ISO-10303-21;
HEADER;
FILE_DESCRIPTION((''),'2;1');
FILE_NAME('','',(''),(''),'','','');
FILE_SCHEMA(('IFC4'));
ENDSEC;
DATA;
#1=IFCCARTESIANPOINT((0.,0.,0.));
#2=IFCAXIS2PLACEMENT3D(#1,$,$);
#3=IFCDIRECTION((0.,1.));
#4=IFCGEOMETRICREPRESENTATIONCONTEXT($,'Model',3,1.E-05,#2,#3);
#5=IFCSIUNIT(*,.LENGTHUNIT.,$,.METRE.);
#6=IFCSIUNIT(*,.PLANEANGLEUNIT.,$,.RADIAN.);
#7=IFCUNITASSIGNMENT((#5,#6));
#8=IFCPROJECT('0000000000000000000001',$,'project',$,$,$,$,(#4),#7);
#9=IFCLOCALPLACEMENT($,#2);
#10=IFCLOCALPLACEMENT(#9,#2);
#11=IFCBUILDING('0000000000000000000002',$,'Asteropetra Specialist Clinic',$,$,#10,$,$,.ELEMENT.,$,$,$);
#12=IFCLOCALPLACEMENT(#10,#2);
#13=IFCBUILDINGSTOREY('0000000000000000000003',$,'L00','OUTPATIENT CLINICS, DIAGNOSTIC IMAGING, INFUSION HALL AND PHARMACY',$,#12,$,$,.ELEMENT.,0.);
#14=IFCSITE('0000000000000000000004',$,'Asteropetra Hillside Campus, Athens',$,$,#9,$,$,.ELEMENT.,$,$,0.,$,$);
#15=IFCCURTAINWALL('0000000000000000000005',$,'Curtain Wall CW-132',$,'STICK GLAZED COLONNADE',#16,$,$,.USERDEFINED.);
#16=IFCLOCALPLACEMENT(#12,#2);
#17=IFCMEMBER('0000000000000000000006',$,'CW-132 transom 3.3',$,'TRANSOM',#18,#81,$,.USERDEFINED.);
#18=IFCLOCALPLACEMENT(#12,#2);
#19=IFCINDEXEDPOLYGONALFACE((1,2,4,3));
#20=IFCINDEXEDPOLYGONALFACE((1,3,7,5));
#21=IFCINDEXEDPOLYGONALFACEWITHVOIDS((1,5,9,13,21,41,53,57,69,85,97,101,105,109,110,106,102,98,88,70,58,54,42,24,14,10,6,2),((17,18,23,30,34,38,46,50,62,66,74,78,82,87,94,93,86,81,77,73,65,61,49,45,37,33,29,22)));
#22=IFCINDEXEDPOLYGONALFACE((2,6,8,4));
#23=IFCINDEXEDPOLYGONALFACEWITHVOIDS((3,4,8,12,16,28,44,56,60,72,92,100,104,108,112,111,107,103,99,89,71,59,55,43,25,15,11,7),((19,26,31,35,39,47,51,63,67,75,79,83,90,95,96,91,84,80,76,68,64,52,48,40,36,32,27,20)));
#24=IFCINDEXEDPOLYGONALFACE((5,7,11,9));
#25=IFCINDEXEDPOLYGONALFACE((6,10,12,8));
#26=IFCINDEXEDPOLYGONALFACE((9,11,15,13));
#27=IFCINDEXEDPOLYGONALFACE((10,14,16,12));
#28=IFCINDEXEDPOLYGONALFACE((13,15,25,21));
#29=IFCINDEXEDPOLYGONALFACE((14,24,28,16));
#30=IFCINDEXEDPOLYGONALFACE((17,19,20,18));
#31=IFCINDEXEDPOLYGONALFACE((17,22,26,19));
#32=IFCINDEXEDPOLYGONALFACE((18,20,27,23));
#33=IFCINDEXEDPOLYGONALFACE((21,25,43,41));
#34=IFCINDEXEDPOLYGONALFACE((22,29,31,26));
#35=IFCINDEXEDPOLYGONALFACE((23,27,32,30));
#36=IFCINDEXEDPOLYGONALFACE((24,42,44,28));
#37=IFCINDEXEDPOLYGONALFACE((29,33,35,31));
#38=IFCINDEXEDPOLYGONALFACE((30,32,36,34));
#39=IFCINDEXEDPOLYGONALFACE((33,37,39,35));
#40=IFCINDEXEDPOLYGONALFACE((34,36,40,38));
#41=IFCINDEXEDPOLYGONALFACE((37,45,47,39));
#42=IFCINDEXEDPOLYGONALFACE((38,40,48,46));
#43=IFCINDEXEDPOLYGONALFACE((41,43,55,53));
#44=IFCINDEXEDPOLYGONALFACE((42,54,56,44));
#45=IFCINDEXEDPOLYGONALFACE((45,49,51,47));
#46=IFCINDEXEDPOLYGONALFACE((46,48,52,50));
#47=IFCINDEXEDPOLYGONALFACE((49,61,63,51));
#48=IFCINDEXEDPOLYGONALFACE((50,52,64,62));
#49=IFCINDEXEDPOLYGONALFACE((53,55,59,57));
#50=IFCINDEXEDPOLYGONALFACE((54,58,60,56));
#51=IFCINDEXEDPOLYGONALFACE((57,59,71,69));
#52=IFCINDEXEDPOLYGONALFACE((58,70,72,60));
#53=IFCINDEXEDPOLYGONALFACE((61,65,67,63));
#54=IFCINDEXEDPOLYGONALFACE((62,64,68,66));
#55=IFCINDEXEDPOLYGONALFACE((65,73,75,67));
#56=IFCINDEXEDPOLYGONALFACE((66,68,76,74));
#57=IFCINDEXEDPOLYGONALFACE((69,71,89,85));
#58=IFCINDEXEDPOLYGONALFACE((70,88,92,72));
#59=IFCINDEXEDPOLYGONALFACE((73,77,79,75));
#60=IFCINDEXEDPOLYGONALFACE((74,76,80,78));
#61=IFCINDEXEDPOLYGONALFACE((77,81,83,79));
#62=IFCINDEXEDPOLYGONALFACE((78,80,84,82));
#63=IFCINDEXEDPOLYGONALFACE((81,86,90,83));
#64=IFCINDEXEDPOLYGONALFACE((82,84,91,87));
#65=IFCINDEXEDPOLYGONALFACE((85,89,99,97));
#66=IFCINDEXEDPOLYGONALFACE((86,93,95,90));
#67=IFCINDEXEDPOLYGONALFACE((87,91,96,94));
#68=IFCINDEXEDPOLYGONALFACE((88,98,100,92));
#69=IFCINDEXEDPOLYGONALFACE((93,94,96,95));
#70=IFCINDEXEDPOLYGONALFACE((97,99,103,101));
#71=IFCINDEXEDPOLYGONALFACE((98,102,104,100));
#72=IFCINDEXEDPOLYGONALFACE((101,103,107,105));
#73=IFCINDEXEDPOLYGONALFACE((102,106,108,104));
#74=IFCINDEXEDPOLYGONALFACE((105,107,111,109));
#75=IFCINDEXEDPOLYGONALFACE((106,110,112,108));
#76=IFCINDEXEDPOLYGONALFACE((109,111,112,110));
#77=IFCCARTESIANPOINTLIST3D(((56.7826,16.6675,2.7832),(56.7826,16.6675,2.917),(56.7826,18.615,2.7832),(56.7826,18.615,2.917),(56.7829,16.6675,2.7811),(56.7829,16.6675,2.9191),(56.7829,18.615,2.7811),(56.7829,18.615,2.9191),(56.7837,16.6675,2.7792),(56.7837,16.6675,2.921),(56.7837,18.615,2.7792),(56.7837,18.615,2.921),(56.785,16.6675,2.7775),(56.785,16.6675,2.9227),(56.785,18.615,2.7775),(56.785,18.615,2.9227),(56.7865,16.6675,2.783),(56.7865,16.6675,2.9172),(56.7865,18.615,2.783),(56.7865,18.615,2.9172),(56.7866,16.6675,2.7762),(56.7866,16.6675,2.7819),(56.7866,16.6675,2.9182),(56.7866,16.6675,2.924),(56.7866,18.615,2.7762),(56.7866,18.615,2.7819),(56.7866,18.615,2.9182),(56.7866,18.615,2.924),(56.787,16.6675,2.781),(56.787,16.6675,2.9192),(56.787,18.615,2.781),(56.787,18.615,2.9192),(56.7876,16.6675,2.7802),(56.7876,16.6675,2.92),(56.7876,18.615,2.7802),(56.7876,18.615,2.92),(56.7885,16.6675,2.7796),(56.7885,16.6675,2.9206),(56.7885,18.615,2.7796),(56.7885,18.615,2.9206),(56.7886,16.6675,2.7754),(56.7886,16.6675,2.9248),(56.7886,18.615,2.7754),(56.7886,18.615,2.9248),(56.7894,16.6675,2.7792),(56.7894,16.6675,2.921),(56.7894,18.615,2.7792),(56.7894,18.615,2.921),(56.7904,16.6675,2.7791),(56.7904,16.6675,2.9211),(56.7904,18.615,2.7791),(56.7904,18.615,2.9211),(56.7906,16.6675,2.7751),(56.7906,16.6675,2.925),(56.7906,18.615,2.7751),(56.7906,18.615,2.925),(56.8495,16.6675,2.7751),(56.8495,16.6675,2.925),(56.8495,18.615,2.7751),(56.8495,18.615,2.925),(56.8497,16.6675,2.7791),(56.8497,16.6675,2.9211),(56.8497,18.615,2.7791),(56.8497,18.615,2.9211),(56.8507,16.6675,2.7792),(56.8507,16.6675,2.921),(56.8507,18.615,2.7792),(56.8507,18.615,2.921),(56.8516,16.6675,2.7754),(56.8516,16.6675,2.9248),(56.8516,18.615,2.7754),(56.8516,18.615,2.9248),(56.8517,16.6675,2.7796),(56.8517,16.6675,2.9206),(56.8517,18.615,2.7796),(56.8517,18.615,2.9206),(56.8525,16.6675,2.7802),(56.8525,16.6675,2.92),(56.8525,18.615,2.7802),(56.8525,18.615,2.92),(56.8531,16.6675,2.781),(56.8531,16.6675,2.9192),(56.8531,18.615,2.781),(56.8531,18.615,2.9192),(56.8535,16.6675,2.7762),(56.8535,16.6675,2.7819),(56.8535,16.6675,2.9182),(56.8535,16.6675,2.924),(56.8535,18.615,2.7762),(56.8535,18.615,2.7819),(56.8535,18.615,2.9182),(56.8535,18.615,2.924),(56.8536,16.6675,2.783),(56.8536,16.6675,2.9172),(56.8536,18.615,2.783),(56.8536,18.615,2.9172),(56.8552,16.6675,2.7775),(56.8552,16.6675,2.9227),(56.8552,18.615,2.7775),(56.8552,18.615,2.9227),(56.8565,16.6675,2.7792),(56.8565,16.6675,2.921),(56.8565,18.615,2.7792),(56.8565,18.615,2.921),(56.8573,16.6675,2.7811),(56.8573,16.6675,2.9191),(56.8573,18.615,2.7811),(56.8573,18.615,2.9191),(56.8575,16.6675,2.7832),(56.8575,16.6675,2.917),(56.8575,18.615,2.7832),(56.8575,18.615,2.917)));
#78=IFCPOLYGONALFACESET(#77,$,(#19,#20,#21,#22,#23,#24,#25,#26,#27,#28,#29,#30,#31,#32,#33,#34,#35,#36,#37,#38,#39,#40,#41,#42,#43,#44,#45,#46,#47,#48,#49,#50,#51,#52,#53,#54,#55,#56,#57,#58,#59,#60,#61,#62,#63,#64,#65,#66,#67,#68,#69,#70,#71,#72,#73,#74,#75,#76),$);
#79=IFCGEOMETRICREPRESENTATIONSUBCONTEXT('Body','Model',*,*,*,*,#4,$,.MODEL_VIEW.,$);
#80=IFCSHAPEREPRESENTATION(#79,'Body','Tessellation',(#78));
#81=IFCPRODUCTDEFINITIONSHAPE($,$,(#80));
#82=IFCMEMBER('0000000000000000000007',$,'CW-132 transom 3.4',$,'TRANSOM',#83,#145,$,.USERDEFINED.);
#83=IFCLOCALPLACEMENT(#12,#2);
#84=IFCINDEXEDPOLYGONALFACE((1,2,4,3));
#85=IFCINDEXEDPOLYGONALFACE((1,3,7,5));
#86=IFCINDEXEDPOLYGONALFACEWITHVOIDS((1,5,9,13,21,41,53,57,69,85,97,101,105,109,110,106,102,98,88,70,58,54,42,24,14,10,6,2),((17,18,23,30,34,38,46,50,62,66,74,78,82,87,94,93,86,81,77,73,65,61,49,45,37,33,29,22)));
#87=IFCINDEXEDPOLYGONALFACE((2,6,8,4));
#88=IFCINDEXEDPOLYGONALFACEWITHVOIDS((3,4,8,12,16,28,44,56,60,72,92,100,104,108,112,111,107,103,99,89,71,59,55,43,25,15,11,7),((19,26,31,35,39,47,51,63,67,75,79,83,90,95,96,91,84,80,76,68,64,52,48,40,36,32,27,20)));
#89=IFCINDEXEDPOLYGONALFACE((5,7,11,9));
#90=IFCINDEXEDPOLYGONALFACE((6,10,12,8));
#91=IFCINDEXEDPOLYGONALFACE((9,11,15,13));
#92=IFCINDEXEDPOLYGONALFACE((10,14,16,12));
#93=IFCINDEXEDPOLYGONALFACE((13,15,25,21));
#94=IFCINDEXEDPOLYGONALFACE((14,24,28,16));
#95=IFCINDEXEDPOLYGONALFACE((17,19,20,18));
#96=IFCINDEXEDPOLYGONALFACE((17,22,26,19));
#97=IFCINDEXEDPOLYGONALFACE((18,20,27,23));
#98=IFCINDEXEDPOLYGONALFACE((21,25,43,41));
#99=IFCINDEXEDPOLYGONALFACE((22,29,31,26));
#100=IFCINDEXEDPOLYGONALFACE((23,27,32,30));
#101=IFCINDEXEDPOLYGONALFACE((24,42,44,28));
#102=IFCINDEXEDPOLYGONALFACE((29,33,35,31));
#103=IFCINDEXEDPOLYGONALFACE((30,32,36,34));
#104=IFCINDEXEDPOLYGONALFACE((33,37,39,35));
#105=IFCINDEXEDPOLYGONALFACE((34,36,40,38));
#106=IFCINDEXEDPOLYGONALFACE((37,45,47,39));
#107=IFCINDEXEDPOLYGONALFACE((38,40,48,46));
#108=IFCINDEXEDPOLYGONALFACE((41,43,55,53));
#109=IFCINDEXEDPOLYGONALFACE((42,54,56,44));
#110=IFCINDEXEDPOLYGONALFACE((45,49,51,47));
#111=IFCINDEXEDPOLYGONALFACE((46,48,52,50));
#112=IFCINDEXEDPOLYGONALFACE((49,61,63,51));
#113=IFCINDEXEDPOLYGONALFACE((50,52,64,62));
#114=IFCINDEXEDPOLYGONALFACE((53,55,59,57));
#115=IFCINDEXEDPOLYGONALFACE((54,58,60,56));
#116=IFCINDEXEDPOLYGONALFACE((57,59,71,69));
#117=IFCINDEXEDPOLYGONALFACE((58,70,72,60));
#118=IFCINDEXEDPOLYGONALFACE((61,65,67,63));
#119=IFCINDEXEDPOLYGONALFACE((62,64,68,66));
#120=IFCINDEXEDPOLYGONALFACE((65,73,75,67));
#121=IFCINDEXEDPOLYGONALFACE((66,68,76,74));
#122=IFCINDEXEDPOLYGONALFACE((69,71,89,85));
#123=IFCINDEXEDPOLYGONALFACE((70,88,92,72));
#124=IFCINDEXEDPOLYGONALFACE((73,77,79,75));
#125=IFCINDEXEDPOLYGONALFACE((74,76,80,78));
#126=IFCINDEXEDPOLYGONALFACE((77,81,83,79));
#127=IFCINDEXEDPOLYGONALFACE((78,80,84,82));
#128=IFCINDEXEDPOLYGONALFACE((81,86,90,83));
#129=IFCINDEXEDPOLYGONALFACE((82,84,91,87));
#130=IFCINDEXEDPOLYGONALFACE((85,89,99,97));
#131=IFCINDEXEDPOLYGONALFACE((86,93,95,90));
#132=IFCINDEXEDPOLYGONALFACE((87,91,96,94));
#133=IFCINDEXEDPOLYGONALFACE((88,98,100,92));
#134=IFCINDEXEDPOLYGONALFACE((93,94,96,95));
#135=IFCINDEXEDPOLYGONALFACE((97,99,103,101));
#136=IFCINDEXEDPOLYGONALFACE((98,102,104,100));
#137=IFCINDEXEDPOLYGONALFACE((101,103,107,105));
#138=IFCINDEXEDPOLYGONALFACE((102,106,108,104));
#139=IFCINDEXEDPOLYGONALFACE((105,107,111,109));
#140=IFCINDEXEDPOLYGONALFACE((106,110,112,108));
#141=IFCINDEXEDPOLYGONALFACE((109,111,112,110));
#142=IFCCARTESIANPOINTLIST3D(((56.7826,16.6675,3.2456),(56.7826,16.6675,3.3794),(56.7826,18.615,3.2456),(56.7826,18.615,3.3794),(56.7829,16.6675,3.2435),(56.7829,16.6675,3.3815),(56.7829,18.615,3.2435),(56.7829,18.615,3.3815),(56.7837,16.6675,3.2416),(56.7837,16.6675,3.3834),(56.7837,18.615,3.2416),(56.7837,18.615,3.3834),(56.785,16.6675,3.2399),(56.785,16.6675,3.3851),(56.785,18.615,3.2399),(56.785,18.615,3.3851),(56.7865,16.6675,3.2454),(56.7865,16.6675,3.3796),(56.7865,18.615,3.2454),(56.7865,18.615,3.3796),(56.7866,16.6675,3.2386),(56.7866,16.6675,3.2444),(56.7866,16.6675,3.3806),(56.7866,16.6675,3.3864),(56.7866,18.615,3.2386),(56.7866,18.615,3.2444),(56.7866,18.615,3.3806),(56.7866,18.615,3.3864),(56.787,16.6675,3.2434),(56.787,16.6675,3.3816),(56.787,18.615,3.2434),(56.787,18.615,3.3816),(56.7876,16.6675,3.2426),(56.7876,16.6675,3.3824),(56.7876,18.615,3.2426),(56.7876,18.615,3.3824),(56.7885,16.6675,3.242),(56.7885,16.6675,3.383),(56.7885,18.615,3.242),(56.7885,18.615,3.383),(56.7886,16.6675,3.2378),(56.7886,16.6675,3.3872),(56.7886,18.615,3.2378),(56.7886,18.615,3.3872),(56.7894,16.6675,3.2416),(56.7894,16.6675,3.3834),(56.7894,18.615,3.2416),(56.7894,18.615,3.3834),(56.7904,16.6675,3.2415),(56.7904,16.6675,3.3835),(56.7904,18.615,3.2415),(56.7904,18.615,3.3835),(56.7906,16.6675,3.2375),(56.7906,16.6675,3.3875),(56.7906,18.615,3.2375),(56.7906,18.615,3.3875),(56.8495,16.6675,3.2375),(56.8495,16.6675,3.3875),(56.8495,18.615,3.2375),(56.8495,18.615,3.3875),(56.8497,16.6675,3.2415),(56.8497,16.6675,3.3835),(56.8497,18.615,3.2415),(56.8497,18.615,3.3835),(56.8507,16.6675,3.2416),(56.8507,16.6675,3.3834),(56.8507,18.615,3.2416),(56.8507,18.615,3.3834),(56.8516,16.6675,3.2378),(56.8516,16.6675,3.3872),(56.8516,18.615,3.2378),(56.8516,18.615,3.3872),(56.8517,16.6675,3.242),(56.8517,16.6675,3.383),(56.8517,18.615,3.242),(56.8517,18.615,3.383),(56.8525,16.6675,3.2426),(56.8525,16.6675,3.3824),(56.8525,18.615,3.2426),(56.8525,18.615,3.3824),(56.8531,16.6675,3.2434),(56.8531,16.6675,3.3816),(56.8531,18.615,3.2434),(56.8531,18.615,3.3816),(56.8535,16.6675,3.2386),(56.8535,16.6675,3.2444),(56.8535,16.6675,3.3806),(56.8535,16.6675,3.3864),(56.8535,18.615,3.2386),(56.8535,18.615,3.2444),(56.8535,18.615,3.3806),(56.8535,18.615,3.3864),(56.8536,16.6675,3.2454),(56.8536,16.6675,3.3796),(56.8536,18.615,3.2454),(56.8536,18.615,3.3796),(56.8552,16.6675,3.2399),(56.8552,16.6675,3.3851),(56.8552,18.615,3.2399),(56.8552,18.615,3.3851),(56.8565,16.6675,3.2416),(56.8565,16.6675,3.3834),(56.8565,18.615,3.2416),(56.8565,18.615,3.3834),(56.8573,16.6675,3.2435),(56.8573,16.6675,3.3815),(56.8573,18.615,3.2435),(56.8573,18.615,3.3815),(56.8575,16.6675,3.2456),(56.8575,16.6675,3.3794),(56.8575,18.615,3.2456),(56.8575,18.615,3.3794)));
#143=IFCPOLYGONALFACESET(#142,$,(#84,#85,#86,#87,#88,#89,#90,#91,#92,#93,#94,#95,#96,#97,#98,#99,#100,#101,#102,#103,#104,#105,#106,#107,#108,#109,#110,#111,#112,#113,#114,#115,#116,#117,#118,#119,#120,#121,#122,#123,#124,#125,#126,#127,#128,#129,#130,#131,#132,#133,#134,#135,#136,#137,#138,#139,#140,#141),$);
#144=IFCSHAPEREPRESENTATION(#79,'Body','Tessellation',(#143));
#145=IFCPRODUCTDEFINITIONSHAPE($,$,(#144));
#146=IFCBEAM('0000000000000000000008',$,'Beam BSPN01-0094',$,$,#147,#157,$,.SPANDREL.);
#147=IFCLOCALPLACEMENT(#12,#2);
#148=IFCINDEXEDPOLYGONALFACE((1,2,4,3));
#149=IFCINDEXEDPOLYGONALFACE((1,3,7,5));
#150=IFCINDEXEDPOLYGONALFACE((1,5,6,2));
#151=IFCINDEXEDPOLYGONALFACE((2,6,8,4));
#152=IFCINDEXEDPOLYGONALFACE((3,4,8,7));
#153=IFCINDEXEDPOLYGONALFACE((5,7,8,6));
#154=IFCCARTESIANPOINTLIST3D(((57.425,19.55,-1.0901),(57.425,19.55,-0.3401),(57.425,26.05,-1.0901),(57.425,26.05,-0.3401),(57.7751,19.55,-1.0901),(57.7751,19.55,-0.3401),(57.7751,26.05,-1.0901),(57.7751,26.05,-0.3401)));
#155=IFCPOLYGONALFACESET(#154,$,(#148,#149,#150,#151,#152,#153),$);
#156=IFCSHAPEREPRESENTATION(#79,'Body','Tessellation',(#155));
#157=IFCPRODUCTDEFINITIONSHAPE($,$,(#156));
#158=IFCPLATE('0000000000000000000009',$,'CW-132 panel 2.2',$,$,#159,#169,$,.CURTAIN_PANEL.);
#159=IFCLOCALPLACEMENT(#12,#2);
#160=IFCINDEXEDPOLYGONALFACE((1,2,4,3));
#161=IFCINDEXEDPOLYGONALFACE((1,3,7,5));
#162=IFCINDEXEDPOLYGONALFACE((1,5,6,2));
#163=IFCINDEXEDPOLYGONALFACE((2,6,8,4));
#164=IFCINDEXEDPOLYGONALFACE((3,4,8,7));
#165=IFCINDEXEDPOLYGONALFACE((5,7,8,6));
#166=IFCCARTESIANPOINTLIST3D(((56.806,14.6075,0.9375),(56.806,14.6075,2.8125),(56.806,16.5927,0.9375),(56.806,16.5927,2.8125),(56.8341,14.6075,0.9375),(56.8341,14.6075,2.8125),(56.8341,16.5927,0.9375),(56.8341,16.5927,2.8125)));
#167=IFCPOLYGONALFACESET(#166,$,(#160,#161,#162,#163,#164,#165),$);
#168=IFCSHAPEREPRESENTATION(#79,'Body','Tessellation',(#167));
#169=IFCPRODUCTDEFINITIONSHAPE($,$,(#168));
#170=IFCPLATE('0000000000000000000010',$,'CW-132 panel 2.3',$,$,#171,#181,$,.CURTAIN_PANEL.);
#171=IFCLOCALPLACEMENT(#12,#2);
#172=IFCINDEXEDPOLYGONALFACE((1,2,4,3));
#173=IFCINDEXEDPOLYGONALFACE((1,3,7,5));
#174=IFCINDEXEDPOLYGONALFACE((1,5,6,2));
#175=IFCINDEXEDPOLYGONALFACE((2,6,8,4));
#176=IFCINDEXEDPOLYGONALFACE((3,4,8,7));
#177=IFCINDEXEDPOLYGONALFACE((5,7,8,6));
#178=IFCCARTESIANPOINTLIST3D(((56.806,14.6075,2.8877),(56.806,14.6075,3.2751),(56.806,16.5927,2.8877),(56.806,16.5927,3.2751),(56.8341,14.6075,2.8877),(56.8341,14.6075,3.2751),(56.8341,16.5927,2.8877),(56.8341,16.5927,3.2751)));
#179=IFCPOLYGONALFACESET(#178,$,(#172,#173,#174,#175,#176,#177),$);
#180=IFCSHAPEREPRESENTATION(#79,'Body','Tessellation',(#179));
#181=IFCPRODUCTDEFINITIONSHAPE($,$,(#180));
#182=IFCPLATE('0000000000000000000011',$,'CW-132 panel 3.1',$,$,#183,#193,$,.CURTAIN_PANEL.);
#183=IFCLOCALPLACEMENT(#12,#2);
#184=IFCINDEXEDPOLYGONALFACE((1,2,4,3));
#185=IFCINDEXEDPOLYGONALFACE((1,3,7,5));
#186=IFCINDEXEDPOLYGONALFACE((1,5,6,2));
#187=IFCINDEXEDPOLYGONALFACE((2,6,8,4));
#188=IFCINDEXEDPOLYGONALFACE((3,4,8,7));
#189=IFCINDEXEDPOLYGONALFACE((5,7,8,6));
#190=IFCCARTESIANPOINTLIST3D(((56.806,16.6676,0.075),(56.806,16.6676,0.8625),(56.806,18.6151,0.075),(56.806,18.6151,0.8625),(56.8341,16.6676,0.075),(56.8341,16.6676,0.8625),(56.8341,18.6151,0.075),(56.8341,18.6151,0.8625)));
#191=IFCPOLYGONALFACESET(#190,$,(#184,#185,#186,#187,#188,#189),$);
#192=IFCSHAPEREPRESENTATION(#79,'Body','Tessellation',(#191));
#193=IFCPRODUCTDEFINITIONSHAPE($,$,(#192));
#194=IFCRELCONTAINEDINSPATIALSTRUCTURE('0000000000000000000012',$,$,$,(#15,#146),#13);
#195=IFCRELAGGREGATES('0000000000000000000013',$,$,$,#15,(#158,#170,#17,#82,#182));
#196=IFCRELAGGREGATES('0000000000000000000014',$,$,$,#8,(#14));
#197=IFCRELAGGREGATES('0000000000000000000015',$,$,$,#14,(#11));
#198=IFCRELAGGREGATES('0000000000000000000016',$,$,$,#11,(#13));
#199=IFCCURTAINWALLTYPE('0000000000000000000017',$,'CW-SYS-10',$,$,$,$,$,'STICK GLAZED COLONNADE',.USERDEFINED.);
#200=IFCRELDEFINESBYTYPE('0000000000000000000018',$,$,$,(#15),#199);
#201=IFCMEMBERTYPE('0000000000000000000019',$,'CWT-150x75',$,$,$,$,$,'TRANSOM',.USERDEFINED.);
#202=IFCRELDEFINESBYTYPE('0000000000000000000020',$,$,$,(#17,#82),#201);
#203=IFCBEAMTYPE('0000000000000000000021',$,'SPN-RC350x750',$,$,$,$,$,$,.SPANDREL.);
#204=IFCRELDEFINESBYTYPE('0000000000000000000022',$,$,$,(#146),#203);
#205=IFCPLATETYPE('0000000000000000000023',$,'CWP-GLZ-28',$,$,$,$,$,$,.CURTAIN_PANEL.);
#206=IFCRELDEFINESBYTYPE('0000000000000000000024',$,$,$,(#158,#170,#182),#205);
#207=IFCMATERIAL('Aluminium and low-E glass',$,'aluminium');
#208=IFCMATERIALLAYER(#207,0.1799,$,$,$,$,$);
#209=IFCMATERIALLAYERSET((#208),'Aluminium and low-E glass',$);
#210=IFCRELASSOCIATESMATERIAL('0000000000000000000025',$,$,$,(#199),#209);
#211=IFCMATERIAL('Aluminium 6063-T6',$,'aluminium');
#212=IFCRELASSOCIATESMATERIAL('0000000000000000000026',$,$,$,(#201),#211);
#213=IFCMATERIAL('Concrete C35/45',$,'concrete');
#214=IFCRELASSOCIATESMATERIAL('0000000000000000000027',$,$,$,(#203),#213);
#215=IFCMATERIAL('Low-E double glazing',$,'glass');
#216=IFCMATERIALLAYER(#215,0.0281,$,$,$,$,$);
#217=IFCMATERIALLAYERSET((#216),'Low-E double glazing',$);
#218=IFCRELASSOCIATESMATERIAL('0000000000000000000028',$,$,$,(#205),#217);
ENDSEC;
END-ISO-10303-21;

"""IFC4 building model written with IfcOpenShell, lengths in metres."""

from ifc_helpers import new_model, si_unit, direction, frame, origin, origin_2d, place, context, subcontext, project, spatial, rectangle, hollow_rectangle, extrude, material, layer, layer_set, material_profile, profile_set, type_object, element, aggregate, save


model = new_model("IFC4")

# Units and contexts
model_context = context("Model", 3, precision=1e-05, world=origin(), true_north=direction((0.0, 1.0)))
body_context = subcontext(model_context, "Body", "Model", "MODEL_VIEW")
ifc_project = project(units=[si_unit("LENGTHUNIT", "METRE"), si_unit("PLANEANGLEUNIT", "RADIAN")], contexts=[model_context])

# Site, building, storey
site_placement = place(None, origin())
site = spatial("IfcSite", under=ifc_project, at=site_placement, Name="Asteropetra Hillside Campus, Athens", CompositionType="ELEMENT", RefElevation=0.0)
building_placement = place(site_placement, origin())
building = spatial("IfcBuilding", under=site, at=building_placement, Name="Asteropetra Specialist Clinic", CompositionType="ELEMENT")
storey_placement = place(building_placement, origin())
storey = spatial("IfcBuildingStorey", under=building, at=storey_placement, Name="L00", Description="OUTPATIENT CLINICS, DIAGNOSTIC IMAGING, INFUSION HALL AND PHARMACY", CompositionType="ELEMENT", Elevation=0.0)

# Curtain wall, members
ifc_material_1 = material(Name="Aluminium and low-E glass", Category="aluminium")
ifc_layer_1 = layer(ifc_material_1, 0.1799)
ifc_layer_set_1 = layer_set([ifc_layer_1], Name="Aluminium and low-E glass")
curtain_wall_type = type_object("IfcCurtainWallType", Name="CW-SYS-10", ElementType="STICK GLAZED COLONNADE", PredefinedType="USERDEFINED", material=ifc_layer_set_1)
curtain_wall_placement = place(storey_placement, origin())
curtain_wall = element("IfcCurtainWall", 1, at=curtain_wall_placement, inside=storey, type_object=curtain_wall_type, Name="Curtain Wall CW-132", ObjectType="STICK GLAZED COLONNADE", PredefinedType="USERDEFINED")
ifc_material_2 = material(Name="Aluminium 6063-T6", Category="aluminium")
ifc_material_profile_1 = material_profile(ifc_material_2, hollow_rectangle(XDim=0.075, YDim=0.1499, WallThickness=0.0039, InnerFilletRadius=0.0039, OuterFilletRadius=0.0081, at=origin_2d()), Name="TRN 150x75x4.0")
ifc_profile_set_1 = profile_set([ifc_material_profile_1], Name="Aluminium 6063-T6")
member_type_1 = type_object("IfcMemberType", Name="CWT-150x75", ElementType="TRANSOM", PredefinedType="USERDEFINED", material=ifc_profile_set_1)
member_1_placement = place(storey_placement, frame((56.8201, 16.6675, 2.8501), z_axis=(0.0, 1.0, 0.0), x_axis=(-1.0, 0.0, 0.0)))
member_1 = element("IfcMember", 2, at=member_1_placement, type_object=member_type_1, Name="CW-132 transom 3.3", ObjectType="TRANSOM", PredefinedType="USERDEFINED", context=body_context, shape_type="SweptSolid", body=[
    extrude(hollow_rectangle(XDim=0.075, YDim=0.1499, WallThickness=0.0039, InnerFilletRadius=0.0039, OuterFilletRadius=0.0081, at=origin_2d()), origin(), (0.0, 0.0, 1.0), 1.9475),
])
member_2_placement = place(storey_placement, frame((56.8201, 16.6675, 3.3125), z_axis=(0.0, 1.0, 0.0), x_axis=(-1.0, 0.0, 0.0)))
member_2 = element("IfcMember", 3, at=member_2_placement, type_object=member_type_1, Name="CW-132 transom 3.4", ObjectType="TRANSOM", PredefinedType="USERDEFINED", context=body_context, shape_type="SweptSolid", body=[
    extrude(hollow_rectangle(XDim=0.075, YDim=0.1499, WallThickness=0.0039, InnerFilletRadius=0.0039, OuterFilletRadius=0.0081, at=origin_2d()), origin(), (0.0, 0.0, 1.0), 1.9475),
])

# Beam
ifc_material_3 = material(Name="Concrete C35/45", Category="concrete")
ifc_material_profile_2 = material_profile(ifc_material_3, rectangle(XDim=0.3501, YDim=0.75, at=origin_2d()), Name="RCS 350x750")
ifc_profile_set_2 = profile_set([ifc_material_profile_2], Name="Concrete C35/45")
beam_type = type_object("IfcBeamType", Name="SPN-RC350x750", PredefinedType="SPANDREL", material=ifc_profile_set_2)
beam_placement = place(storey_placement, frame((57.6001, 19.55, -0.7151), z_axis=(0.0, 1.0, 0.0), x_axis=(-1.0, 0.0, 0.0)))
element("IfcBeam", 4, at=beam_placement, inside=storey, type_object=beam_type, Name="Beam BSPN01-0094", PredefinedType="SPANDREL", context=body_context, shape_type="SweptSolid", body=[
    extrude(rectangle(XDim=0.3501, YDim=0.75, at=origin_2d()), origin(), (0.0, 0.0, 1.0), 6.5),
])

# Plates
ifc_material_4 = material(Name="Low-E double glazing", Category="glass")
ifc_layer_2 = layer(ifc_material_4, 0.0281)
ifc_layer_set_2 = layer_set([ifc_layer_2], Name="Low-E double glazing")
plate_type = type_object("IfcPlateType", Name="CWP-GLZ-28", PredefinedType="CURTAIN_PANEL", material=ifc_layer_set_2)
plate_1_placement = place(storey_placement, frame((56.8201, 15.6001, 0.9375), z_axis=(0.0, 0.0, 1.0), x_axis=(0.0, 1.0, 0.0)))
plate_1 = element("IfcPlate", 5, at=plate_1_placement, type_object=plate_type, Name="CW-132 panel 2.2", PredefinedType="CURTAIN_PANEL", context=body_context, shape_type="SweptSolid", body=[
    extrude(rectangle(XDim=1.9851, YDim=0.0281, at=origin_2d()), origin(), (0.0, 0.0, 1.0), 1.875),
])
plate_2_placement = place(storey_placement, frame((56.8201, 15.6001, 2.8877), z_axis=(0.0, 0.0, 1.0), x_axis=(0.0, 1.0, 0.0)))
plate_2 = element("IfcPlate", 6, at=plate_2_placement, type_object=plate_type, Name="CW-132 panel 2.3", PredefinedType="CURTAIN_PANEL", context=body_context, shape_type="SweptSolid", body=[
    extrude(rectangle(XDim=1.9851, YDim=0.0281, at=origin_2d()), origin(), (0.0, 0.0, 1.0), 0.3875),
])
plate_3_placement = place(storey_placement, frame((56.8201, 17.6414, 0.075), z_axis=(0.0, 0.0, 1.0), x_axis=(0.0, 1.0, 0.0)))
plate_3 = element("IfcPlate", 7, at=plate_3_placement, type_object=plate_type, Name="CW-132 panel 3.1", PredefinedType="CURTAIN_PANEL", context=body_context, shape_type="SweptSolid", body=[
    extrude(rectangle(XDim=1.9475, YDim=0.0281, at=origin_2d()), origin(), (0.0, 0.0, 1.0), 0.7876),
])
aggregate(curtain_wall, [plate_1, plate_2, member_1, member_2, plate_3])

save(model, "model.ifc")
